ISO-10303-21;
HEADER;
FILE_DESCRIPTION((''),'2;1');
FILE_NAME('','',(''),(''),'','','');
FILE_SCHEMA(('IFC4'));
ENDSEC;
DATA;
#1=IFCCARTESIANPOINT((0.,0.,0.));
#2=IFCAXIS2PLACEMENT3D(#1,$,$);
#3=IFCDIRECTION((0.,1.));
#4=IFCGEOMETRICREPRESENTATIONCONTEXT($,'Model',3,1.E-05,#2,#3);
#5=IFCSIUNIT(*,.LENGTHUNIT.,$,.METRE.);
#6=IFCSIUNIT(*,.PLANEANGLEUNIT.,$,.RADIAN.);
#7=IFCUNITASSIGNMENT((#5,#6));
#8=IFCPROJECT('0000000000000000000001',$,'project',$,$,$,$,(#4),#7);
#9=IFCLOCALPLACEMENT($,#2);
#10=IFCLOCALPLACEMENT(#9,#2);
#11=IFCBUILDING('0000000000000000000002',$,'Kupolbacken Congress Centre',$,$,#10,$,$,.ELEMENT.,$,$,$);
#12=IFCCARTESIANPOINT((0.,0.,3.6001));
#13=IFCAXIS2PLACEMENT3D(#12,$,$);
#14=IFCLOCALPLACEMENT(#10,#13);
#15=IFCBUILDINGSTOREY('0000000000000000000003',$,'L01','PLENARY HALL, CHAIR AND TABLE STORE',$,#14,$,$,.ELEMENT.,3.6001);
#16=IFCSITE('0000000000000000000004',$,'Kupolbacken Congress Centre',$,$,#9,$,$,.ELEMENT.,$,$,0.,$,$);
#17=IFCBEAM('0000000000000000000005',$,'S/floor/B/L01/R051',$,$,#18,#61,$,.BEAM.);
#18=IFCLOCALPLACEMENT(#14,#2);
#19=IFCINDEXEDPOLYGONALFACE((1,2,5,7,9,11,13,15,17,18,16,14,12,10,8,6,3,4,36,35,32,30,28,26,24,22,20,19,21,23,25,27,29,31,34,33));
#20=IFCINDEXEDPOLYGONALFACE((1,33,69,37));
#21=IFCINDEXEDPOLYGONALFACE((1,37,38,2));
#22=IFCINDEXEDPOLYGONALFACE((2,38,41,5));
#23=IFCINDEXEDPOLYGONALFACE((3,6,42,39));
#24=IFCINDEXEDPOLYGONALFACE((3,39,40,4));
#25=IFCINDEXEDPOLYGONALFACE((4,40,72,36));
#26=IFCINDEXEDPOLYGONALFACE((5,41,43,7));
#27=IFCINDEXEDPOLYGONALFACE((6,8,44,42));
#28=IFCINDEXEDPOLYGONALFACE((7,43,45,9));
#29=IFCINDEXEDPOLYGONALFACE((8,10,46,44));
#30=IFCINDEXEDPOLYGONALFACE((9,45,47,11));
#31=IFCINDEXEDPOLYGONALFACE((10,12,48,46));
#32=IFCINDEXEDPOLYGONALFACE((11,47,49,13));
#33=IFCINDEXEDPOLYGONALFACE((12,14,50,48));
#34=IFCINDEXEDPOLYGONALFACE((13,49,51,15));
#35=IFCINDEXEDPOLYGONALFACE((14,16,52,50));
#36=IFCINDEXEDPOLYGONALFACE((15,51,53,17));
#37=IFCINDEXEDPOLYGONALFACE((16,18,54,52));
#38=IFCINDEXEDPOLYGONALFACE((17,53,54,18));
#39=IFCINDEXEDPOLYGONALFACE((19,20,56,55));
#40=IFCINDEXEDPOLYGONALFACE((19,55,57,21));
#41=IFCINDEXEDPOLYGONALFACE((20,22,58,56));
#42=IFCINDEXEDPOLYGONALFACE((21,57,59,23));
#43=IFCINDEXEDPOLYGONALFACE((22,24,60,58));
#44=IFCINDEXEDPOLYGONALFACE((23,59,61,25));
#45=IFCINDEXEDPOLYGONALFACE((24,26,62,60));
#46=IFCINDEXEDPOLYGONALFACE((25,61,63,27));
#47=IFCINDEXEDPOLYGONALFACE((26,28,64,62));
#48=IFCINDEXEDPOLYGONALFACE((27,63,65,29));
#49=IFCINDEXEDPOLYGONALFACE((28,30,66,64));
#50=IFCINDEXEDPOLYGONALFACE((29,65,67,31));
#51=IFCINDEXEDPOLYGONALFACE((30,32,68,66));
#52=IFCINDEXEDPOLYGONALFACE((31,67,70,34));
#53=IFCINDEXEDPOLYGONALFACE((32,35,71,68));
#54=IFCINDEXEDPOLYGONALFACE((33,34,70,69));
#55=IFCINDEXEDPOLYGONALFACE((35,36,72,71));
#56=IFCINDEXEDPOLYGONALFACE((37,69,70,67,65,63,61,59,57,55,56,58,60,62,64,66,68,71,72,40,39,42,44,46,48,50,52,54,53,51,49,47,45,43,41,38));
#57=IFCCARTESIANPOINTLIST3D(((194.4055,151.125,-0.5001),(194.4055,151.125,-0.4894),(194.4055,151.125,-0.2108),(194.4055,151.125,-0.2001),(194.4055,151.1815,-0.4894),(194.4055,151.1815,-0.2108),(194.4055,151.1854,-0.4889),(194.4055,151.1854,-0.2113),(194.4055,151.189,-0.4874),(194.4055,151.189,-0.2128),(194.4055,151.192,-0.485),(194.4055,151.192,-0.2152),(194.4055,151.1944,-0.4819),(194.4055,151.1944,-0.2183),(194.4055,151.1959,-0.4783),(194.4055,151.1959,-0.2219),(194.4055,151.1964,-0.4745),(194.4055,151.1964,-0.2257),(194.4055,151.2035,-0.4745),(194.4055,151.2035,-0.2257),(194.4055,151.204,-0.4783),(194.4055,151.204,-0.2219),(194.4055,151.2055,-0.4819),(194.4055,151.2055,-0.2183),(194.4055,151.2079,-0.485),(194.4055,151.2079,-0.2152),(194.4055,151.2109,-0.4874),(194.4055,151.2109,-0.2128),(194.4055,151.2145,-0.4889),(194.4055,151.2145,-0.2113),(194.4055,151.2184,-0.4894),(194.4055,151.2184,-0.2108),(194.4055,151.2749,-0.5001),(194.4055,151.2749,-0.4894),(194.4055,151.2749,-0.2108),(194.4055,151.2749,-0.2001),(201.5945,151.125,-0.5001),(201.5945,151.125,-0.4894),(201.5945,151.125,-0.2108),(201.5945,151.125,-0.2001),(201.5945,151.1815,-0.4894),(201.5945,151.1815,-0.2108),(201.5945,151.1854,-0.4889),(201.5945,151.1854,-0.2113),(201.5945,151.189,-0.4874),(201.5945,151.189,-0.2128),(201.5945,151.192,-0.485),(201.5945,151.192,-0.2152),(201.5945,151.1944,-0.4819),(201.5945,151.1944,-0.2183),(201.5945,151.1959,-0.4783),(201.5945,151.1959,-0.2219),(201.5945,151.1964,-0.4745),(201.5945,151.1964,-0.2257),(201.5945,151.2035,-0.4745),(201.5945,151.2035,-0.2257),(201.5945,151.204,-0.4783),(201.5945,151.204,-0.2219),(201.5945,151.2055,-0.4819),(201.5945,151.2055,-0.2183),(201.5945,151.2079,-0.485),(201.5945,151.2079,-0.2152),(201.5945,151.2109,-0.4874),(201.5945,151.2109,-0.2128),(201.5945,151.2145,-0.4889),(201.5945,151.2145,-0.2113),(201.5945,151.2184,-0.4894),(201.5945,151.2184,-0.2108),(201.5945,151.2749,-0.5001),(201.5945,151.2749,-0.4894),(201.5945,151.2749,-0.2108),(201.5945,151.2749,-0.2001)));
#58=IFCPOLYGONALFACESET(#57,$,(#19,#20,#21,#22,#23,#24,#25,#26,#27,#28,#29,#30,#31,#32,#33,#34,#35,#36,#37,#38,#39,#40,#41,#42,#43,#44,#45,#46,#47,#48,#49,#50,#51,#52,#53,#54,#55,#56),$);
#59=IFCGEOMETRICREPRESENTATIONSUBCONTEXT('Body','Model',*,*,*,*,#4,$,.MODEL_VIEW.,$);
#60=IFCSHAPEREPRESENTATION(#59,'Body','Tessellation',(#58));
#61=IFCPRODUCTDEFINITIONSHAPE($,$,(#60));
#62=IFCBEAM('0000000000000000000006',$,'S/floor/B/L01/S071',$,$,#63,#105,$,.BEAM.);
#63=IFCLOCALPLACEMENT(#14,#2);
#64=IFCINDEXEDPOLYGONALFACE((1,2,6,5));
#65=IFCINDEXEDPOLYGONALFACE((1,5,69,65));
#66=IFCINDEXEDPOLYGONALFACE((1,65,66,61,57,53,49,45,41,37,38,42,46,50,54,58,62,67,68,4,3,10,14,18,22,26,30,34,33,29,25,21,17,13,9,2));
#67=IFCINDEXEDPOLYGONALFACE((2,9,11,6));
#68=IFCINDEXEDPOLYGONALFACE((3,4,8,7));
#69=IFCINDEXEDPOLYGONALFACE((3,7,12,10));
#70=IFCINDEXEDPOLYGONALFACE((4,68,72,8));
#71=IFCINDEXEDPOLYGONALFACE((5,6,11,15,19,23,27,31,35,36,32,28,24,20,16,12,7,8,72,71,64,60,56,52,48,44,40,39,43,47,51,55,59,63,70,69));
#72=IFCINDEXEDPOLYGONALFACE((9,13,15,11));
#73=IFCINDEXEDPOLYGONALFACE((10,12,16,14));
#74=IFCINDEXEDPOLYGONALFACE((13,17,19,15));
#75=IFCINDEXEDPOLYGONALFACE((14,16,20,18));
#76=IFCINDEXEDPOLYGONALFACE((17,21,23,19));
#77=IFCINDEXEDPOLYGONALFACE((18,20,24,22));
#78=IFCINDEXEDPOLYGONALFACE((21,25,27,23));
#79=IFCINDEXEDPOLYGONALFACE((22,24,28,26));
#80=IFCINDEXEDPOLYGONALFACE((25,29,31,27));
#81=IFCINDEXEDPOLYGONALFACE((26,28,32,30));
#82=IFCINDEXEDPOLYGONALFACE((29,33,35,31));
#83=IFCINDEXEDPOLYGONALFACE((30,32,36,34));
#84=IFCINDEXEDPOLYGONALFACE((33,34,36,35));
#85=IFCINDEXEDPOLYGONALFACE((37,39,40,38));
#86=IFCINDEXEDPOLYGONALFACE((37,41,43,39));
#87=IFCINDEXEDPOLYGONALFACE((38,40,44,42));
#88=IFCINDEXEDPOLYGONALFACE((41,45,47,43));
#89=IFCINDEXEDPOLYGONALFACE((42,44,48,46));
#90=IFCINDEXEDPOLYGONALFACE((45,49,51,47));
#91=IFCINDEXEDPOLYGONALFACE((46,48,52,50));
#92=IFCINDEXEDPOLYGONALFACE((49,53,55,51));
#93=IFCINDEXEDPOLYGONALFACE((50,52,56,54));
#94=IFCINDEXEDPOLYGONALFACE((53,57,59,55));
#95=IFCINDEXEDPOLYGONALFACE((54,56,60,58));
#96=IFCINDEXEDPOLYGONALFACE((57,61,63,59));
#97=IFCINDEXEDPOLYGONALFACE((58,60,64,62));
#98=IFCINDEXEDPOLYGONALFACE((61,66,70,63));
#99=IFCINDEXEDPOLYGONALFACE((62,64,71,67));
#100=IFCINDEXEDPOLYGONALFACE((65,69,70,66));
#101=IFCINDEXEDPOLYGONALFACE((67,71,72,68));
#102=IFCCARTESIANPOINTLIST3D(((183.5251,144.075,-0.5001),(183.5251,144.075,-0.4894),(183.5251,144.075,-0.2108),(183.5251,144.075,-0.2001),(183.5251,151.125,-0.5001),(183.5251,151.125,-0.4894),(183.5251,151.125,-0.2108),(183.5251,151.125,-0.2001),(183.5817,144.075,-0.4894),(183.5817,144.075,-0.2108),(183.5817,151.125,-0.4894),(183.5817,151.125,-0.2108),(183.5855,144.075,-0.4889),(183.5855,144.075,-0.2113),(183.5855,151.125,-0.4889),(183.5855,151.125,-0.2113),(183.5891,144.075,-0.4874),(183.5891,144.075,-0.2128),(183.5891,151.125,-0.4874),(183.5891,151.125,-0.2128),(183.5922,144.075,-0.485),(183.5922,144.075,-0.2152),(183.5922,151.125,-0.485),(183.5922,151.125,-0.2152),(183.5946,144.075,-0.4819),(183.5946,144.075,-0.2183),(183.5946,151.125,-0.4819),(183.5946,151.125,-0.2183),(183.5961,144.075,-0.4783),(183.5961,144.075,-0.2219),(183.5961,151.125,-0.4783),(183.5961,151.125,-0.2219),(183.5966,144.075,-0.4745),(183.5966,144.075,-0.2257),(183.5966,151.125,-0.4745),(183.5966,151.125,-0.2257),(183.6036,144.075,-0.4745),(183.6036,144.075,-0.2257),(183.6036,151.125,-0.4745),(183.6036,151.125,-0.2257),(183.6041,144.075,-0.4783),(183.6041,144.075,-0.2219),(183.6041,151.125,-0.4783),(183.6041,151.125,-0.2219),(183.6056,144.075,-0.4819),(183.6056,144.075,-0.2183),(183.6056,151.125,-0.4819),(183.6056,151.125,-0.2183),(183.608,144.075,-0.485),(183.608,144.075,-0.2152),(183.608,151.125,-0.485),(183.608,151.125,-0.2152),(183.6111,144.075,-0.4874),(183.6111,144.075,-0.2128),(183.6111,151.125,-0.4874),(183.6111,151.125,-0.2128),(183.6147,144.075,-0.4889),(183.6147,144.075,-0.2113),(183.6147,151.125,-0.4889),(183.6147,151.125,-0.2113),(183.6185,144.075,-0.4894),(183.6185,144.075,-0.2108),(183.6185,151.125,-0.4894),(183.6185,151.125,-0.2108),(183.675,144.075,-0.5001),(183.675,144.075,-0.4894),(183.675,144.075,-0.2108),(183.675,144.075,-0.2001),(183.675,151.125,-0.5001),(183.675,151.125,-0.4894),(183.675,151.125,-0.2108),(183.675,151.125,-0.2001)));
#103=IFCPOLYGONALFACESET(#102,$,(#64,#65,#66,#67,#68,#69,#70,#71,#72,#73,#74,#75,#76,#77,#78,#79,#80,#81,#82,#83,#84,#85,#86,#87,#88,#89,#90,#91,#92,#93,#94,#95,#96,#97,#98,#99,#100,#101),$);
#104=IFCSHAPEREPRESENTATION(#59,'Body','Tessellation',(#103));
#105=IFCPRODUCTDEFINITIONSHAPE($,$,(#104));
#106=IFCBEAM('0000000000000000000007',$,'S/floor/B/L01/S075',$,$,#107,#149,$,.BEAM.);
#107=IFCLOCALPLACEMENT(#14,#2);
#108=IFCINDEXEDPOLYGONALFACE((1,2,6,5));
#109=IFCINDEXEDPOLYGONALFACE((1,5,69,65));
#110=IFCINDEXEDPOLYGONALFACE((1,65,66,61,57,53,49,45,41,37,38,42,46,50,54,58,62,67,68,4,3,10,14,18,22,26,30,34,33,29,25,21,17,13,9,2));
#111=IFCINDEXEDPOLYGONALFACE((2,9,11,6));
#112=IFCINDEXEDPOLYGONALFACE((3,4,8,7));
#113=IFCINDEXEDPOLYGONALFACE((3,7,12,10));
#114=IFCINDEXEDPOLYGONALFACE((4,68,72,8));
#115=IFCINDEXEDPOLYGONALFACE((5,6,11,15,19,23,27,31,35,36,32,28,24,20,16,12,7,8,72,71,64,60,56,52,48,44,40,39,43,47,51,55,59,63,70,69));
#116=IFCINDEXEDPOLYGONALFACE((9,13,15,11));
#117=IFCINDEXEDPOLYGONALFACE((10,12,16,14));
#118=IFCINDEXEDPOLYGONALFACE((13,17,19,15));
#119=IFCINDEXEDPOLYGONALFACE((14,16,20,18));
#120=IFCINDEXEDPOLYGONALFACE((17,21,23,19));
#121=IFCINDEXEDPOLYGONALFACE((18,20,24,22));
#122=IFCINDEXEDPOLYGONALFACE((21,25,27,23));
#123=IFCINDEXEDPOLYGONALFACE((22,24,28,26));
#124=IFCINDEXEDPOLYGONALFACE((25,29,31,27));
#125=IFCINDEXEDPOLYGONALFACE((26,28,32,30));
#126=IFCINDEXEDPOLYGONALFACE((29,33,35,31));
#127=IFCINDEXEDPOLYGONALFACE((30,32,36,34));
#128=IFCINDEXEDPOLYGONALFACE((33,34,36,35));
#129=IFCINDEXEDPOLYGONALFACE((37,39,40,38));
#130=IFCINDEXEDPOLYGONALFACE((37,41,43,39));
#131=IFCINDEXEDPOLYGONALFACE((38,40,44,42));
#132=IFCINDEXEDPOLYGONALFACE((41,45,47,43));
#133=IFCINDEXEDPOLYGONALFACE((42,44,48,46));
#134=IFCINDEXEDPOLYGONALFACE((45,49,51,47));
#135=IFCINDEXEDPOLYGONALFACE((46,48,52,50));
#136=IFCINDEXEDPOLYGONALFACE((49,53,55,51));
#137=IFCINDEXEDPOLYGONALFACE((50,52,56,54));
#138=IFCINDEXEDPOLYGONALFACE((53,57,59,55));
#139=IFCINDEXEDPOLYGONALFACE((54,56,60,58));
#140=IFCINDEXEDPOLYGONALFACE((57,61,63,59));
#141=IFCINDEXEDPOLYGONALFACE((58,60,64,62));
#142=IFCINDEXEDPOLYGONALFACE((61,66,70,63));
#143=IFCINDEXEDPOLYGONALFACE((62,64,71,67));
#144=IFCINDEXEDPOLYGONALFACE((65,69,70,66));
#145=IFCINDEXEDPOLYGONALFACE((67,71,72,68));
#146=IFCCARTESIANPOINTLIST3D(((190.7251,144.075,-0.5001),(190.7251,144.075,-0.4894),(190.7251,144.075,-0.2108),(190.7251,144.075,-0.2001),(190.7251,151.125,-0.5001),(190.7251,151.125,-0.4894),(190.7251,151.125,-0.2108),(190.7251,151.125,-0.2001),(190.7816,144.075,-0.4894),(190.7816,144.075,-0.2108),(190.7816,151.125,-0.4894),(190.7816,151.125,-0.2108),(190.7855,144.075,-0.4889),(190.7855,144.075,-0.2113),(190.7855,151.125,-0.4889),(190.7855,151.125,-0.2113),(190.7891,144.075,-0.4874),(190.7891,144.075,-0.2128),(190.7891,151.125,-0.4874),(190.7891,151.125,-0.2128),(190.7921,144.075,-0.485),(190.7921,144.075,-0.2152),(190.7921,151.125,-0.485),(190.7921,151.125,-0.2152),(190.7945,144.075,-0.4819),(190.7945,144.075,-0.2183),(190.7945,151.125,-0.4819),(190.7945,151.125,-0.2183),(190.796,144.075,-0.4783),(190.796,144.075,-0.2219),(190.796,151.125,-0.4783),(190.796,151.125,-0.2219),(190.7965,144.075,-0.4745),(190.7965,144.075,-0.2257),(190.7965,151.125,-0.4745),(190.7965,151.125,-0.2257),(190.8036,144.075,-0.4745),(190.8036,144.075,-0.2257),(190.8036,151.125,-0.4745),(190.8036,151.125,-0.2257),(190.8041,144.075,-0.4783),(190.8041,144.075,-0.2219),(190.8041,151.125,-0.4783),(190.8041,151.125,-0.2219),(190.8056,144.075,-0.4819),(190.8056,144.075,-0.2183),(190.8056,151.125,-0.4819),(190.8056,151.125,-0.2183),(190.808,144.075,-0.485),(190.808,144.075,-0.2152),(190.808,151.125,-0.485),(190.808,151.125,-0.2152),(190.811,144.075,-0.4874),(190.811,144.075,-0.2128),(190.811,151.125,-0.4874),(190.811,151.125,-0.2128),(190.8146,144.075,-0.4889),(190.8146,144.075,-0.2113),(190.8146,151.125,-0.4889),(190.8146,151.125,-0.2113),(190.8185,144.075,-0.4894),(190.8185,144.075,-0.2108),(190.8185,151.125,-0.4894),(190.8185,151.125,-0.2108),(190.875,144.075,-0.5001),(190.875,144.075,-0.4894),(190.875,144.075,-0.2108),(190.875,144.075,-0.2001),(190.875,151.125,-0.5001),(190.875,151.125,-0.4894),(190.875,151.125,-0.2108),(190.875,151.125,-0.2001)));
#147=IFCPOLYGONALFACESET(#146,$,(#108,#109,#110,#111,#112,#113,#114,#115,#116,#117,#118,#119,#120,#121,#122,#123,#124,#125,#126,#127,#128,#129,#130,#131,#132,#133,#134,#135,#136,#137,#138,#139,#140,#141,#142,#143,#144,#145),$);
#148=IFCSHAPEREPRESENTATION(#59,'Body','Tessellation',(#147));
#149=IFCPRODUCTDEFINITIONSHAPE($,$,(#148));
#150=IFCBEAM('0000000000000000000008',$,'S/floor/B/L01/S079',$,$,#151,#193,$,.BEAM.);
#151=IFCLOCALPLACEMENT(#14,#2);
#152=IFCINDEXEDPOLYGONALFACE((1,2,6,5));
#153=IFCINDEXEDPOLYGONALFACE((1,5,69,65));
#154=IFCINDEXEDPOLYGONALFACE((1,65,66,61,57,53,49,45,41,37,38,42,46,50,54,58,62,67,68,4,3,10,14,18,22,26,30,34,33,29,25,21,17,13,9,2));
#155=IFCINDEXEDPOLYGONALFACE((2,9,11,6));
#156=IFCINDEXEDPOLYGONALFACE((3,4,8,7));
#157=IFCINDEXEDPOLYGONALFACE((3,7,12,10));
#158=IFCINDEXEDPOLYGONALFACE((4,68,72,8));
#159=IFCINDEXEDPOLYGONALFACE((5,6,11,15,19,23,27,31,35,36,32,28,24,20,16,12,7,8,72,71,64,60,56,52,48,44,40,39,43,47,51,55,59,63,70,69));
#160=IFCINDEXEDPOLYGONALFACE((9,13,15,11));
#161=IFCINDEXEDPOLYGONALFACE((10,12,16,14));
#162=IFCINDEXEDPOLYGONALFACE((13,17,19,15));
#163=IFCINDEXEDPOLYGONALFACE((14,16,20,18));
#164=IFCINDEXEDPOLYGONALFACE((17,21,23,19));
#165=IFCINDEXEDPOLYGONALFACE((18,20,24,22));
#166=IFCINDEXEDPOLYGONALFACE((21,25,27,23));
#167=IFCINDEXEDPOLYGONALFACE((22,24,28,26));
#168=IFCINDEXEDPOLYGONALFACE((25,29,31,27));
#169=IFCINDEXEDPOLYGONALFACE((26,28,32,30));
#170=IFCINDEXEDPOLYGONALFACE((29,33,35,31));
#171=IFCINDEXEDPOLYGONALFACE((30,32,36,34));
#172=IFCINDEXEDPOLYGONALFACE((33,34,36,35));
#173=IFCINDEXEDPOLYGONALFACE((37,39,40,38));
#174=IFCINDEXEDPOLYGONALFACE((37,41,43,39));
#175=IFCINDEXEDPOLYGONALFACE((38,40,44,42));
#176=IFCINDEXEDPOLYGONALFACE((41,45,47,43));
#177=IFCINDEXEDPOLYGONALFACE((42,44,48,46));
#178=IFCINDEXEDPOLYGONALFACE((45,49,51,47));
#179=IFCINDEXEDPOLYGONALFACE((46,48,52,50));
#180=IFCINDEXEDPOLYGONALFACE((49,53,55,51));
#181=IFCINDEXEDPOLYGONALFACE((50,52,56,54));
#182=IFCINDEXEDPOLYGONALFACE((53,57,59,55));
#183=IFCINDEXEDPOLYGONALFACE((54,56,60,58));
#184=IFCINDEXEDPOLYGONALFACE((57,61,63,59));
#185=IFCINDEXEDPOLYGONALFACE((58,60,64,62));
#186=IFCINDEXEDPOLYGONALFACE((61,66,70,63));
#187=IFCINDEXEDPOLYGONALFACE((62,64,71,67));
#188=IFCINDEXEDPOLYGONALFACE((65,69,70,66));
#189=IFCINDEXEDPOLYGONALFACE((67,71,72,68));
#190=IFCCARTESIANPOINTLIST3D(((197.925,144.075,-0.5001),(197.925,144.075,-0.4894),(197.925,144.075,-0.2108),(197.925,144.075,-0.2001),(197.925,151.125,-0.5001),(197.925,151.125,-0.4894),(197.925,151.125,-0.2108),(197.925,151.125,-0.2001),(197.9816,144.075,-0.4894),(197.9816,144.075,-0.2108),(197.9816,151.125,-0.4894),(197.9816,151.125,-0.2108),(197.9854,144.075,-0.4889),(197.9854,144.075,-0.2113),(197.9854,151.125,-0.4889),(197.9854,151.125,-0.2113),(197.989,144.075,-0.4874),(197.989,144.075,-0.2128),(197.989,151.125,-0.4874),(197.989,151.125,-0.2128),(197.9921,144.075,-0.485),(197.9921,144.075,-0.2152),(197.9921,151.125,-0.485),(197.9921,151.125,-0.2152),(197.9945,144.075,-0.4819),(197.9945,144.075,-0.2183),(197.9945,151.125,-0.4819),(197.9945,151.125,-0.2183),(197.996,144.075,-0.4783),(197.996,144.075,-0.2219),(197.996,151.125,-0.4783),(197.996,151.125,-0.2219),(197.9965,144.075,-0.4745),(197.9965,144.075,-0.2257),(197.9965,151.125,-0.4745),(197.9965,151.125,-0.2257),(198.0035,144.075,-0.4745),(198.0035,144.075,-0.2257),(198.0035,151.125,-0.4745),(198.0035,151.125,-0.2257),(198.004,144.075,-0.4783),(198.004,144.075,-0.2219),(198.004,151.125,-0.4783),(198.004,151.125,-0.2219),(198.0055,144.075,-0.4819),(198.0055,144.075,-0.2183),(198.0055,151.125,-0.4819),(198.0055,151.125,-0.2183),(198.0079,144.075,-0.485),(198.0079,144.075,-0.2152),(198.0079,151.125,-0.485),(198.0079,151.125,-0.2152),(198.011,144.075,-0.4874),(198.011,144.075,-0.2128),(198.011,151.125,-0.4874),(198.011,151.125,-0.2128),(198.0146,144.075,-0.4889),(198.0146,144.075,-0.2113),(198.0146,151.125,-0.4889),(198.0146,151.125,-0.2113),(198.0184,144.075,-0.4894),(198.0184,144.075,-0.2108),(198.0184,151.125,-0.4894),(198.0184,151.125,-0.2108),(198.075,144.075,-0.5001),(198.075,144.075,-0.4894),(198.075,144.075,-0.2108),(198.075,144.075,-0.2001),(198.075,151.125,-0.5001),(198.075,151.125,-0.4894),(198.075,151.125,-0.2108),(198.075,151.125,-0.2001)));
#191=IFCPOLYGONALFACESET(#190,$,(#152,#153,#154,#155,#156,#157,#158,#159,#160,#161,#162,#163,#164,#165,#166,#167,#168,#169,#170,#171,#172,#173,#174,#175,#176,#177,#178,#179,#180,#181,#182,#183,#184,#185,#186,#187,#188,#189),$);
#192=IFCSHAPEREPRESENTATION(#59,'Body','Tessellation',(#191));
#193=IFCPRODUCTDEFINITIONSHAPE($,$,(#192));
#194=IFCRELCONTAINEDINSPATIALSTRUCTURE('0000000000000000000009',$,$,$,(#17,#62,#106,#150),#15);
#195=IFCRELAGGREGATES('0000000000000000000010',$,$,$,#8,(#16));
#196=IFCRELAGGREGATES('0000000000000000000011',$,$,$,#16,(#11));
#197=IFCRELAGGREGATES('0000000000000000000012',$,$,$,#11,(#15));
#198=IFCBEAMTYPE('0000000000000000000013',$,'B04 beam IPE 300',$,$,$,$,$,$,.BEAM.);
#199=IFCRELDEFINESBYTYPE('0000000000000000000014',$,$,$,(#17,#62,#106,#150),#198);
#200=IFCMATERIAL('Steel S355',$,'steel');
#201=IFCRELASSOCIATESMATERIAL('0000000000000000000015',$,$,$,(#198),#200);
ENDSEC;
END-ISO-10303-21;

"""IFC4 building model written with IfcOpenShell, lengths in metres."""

from ifc_helpers import new_model, si_unit, direction, frame, origin, origin_2d, place, context, subcontext, project, spatial, i_section, extrude, material, material_profile, profile_set, type_object, element, save


model = new_model("IFC4")

# Units and contexts
model_context = context("Model", 3, precision=1e-05, world=origin(), true_north=direction((0.0, 1.0)))
body_context = subcontext(model_context, "Body", "Model", "MODEL_VIEW")
ifc_project = project(units=[si_unit("LENGTHUNIT", "METRE"), si_unit("PLANEANGLEUNIT", "RADIAN")], contexts=[model_context])

# Site, building, storey
site_placement = place(None, origin())
site = spatial("IfcSite", under=ifc_project, at=site_placement, Name="Kupolbacken Congress Centre", CompositionType="ELEMENT", RefElevation=0.0)
building_placement = place(site_placement, origin())
building = spatial("IfcBuilding", under=site, at=building_placement, Name="Kupolbacken Congress Centre", CompositionType="ELEMENT")
storey_placement = place(building_placement, frame((0.0, 0.0, 3.6001)))
storey = spatial("IfcBuildingStorey", under=building, at=storey_placement, Name="L01", Description="PLENARY HALL, CHAIR AND TABLE STORE", CompositionType="ELEMENT", Elevation=3.6001)

# Beams
ifc_material_1 = material(Name="Steel S355", Category="steel")
ifc_material_profile_1 = material_profile(ifc_material_1, i_section(OverallWidth=0.1499, OverallDepth=0.3, WebThickness=0.0071, FlangeThickness=0.0107, FilletRadius=0.0149, at=origin_2d()), Name="IPE 300")
ifc_profile_set_1 = profile_set([ifc_material_profile_1], Name="Steel S355")
beam_type_1 = type_object("IfcBeamType", Name="B04 beam IPE 300", PredefinedType="BEAM", material=ifc_profile_set_1)
for number, where, z_axis, x_axis, name in (
    (1, (194.4055, 151.2, -0.3501), (1.0, 0.0, 0.0), (0.0, 1.0, 0.0), "S/floor/B/L01/R051"),
):
    element("IfcBeam", number, at=place(storey_placement, frame(where, z_axis=z_axis, x_axis=x_axis)), inside=storey, type_object=beam_type_1, Name=name, PredefinedType="BEAM", context=body_context, shape_type="SweptSolid", body=[
        extrude(i_section(OverallWidth=0.1499, OverallDepth=0.3, WebThickness=0.0071, FlangeThickness=0.0107, FilletRadius=0.0149, at=origin_2d()), origin(), (0.0, 0.0, 1.0), 7.189),
    ])
for number, where, z_axis, x_axis, name in (
    (2, (183.6001, 144.075, -0.3501), (0.0, 1.0, 0.0), (-1.0, 0.0, 0.0), "S/floor/B/L01/S071"),
    (3, (190.8, 144.075, -0.3501), (0.0, 1.0, 0.0), (-1.0, 0.0, 0.0), "S/floor/B/L01/S075"),
    (4, (198.0, 144.075, -0.3501), (0.0, 1.0, 0.0), (-1.0, 0.0, 0.0), "S/floor/B/L01/S079"),
):
    element("IfcBeam", number, at=place(storey_placement, frame(where, z_axis=z_axis, x_axis=x_axis)), inside=storey, type_object=beam_type_1, Name=name, PredefinedType="BEAM", context=body_context, shape_type="SweptSolid", body=[
        extrude(i_section(OverallWidth=0.1499, OverallDepth=0.3, WebThickness=0.0071, FlangeThickness=0.0107, FilletRadius=0.0149, at=origin_2d()), origin(), (0.0, 0.0, 1.0), 7.05),
    ])

save(model, "model.ifc")
